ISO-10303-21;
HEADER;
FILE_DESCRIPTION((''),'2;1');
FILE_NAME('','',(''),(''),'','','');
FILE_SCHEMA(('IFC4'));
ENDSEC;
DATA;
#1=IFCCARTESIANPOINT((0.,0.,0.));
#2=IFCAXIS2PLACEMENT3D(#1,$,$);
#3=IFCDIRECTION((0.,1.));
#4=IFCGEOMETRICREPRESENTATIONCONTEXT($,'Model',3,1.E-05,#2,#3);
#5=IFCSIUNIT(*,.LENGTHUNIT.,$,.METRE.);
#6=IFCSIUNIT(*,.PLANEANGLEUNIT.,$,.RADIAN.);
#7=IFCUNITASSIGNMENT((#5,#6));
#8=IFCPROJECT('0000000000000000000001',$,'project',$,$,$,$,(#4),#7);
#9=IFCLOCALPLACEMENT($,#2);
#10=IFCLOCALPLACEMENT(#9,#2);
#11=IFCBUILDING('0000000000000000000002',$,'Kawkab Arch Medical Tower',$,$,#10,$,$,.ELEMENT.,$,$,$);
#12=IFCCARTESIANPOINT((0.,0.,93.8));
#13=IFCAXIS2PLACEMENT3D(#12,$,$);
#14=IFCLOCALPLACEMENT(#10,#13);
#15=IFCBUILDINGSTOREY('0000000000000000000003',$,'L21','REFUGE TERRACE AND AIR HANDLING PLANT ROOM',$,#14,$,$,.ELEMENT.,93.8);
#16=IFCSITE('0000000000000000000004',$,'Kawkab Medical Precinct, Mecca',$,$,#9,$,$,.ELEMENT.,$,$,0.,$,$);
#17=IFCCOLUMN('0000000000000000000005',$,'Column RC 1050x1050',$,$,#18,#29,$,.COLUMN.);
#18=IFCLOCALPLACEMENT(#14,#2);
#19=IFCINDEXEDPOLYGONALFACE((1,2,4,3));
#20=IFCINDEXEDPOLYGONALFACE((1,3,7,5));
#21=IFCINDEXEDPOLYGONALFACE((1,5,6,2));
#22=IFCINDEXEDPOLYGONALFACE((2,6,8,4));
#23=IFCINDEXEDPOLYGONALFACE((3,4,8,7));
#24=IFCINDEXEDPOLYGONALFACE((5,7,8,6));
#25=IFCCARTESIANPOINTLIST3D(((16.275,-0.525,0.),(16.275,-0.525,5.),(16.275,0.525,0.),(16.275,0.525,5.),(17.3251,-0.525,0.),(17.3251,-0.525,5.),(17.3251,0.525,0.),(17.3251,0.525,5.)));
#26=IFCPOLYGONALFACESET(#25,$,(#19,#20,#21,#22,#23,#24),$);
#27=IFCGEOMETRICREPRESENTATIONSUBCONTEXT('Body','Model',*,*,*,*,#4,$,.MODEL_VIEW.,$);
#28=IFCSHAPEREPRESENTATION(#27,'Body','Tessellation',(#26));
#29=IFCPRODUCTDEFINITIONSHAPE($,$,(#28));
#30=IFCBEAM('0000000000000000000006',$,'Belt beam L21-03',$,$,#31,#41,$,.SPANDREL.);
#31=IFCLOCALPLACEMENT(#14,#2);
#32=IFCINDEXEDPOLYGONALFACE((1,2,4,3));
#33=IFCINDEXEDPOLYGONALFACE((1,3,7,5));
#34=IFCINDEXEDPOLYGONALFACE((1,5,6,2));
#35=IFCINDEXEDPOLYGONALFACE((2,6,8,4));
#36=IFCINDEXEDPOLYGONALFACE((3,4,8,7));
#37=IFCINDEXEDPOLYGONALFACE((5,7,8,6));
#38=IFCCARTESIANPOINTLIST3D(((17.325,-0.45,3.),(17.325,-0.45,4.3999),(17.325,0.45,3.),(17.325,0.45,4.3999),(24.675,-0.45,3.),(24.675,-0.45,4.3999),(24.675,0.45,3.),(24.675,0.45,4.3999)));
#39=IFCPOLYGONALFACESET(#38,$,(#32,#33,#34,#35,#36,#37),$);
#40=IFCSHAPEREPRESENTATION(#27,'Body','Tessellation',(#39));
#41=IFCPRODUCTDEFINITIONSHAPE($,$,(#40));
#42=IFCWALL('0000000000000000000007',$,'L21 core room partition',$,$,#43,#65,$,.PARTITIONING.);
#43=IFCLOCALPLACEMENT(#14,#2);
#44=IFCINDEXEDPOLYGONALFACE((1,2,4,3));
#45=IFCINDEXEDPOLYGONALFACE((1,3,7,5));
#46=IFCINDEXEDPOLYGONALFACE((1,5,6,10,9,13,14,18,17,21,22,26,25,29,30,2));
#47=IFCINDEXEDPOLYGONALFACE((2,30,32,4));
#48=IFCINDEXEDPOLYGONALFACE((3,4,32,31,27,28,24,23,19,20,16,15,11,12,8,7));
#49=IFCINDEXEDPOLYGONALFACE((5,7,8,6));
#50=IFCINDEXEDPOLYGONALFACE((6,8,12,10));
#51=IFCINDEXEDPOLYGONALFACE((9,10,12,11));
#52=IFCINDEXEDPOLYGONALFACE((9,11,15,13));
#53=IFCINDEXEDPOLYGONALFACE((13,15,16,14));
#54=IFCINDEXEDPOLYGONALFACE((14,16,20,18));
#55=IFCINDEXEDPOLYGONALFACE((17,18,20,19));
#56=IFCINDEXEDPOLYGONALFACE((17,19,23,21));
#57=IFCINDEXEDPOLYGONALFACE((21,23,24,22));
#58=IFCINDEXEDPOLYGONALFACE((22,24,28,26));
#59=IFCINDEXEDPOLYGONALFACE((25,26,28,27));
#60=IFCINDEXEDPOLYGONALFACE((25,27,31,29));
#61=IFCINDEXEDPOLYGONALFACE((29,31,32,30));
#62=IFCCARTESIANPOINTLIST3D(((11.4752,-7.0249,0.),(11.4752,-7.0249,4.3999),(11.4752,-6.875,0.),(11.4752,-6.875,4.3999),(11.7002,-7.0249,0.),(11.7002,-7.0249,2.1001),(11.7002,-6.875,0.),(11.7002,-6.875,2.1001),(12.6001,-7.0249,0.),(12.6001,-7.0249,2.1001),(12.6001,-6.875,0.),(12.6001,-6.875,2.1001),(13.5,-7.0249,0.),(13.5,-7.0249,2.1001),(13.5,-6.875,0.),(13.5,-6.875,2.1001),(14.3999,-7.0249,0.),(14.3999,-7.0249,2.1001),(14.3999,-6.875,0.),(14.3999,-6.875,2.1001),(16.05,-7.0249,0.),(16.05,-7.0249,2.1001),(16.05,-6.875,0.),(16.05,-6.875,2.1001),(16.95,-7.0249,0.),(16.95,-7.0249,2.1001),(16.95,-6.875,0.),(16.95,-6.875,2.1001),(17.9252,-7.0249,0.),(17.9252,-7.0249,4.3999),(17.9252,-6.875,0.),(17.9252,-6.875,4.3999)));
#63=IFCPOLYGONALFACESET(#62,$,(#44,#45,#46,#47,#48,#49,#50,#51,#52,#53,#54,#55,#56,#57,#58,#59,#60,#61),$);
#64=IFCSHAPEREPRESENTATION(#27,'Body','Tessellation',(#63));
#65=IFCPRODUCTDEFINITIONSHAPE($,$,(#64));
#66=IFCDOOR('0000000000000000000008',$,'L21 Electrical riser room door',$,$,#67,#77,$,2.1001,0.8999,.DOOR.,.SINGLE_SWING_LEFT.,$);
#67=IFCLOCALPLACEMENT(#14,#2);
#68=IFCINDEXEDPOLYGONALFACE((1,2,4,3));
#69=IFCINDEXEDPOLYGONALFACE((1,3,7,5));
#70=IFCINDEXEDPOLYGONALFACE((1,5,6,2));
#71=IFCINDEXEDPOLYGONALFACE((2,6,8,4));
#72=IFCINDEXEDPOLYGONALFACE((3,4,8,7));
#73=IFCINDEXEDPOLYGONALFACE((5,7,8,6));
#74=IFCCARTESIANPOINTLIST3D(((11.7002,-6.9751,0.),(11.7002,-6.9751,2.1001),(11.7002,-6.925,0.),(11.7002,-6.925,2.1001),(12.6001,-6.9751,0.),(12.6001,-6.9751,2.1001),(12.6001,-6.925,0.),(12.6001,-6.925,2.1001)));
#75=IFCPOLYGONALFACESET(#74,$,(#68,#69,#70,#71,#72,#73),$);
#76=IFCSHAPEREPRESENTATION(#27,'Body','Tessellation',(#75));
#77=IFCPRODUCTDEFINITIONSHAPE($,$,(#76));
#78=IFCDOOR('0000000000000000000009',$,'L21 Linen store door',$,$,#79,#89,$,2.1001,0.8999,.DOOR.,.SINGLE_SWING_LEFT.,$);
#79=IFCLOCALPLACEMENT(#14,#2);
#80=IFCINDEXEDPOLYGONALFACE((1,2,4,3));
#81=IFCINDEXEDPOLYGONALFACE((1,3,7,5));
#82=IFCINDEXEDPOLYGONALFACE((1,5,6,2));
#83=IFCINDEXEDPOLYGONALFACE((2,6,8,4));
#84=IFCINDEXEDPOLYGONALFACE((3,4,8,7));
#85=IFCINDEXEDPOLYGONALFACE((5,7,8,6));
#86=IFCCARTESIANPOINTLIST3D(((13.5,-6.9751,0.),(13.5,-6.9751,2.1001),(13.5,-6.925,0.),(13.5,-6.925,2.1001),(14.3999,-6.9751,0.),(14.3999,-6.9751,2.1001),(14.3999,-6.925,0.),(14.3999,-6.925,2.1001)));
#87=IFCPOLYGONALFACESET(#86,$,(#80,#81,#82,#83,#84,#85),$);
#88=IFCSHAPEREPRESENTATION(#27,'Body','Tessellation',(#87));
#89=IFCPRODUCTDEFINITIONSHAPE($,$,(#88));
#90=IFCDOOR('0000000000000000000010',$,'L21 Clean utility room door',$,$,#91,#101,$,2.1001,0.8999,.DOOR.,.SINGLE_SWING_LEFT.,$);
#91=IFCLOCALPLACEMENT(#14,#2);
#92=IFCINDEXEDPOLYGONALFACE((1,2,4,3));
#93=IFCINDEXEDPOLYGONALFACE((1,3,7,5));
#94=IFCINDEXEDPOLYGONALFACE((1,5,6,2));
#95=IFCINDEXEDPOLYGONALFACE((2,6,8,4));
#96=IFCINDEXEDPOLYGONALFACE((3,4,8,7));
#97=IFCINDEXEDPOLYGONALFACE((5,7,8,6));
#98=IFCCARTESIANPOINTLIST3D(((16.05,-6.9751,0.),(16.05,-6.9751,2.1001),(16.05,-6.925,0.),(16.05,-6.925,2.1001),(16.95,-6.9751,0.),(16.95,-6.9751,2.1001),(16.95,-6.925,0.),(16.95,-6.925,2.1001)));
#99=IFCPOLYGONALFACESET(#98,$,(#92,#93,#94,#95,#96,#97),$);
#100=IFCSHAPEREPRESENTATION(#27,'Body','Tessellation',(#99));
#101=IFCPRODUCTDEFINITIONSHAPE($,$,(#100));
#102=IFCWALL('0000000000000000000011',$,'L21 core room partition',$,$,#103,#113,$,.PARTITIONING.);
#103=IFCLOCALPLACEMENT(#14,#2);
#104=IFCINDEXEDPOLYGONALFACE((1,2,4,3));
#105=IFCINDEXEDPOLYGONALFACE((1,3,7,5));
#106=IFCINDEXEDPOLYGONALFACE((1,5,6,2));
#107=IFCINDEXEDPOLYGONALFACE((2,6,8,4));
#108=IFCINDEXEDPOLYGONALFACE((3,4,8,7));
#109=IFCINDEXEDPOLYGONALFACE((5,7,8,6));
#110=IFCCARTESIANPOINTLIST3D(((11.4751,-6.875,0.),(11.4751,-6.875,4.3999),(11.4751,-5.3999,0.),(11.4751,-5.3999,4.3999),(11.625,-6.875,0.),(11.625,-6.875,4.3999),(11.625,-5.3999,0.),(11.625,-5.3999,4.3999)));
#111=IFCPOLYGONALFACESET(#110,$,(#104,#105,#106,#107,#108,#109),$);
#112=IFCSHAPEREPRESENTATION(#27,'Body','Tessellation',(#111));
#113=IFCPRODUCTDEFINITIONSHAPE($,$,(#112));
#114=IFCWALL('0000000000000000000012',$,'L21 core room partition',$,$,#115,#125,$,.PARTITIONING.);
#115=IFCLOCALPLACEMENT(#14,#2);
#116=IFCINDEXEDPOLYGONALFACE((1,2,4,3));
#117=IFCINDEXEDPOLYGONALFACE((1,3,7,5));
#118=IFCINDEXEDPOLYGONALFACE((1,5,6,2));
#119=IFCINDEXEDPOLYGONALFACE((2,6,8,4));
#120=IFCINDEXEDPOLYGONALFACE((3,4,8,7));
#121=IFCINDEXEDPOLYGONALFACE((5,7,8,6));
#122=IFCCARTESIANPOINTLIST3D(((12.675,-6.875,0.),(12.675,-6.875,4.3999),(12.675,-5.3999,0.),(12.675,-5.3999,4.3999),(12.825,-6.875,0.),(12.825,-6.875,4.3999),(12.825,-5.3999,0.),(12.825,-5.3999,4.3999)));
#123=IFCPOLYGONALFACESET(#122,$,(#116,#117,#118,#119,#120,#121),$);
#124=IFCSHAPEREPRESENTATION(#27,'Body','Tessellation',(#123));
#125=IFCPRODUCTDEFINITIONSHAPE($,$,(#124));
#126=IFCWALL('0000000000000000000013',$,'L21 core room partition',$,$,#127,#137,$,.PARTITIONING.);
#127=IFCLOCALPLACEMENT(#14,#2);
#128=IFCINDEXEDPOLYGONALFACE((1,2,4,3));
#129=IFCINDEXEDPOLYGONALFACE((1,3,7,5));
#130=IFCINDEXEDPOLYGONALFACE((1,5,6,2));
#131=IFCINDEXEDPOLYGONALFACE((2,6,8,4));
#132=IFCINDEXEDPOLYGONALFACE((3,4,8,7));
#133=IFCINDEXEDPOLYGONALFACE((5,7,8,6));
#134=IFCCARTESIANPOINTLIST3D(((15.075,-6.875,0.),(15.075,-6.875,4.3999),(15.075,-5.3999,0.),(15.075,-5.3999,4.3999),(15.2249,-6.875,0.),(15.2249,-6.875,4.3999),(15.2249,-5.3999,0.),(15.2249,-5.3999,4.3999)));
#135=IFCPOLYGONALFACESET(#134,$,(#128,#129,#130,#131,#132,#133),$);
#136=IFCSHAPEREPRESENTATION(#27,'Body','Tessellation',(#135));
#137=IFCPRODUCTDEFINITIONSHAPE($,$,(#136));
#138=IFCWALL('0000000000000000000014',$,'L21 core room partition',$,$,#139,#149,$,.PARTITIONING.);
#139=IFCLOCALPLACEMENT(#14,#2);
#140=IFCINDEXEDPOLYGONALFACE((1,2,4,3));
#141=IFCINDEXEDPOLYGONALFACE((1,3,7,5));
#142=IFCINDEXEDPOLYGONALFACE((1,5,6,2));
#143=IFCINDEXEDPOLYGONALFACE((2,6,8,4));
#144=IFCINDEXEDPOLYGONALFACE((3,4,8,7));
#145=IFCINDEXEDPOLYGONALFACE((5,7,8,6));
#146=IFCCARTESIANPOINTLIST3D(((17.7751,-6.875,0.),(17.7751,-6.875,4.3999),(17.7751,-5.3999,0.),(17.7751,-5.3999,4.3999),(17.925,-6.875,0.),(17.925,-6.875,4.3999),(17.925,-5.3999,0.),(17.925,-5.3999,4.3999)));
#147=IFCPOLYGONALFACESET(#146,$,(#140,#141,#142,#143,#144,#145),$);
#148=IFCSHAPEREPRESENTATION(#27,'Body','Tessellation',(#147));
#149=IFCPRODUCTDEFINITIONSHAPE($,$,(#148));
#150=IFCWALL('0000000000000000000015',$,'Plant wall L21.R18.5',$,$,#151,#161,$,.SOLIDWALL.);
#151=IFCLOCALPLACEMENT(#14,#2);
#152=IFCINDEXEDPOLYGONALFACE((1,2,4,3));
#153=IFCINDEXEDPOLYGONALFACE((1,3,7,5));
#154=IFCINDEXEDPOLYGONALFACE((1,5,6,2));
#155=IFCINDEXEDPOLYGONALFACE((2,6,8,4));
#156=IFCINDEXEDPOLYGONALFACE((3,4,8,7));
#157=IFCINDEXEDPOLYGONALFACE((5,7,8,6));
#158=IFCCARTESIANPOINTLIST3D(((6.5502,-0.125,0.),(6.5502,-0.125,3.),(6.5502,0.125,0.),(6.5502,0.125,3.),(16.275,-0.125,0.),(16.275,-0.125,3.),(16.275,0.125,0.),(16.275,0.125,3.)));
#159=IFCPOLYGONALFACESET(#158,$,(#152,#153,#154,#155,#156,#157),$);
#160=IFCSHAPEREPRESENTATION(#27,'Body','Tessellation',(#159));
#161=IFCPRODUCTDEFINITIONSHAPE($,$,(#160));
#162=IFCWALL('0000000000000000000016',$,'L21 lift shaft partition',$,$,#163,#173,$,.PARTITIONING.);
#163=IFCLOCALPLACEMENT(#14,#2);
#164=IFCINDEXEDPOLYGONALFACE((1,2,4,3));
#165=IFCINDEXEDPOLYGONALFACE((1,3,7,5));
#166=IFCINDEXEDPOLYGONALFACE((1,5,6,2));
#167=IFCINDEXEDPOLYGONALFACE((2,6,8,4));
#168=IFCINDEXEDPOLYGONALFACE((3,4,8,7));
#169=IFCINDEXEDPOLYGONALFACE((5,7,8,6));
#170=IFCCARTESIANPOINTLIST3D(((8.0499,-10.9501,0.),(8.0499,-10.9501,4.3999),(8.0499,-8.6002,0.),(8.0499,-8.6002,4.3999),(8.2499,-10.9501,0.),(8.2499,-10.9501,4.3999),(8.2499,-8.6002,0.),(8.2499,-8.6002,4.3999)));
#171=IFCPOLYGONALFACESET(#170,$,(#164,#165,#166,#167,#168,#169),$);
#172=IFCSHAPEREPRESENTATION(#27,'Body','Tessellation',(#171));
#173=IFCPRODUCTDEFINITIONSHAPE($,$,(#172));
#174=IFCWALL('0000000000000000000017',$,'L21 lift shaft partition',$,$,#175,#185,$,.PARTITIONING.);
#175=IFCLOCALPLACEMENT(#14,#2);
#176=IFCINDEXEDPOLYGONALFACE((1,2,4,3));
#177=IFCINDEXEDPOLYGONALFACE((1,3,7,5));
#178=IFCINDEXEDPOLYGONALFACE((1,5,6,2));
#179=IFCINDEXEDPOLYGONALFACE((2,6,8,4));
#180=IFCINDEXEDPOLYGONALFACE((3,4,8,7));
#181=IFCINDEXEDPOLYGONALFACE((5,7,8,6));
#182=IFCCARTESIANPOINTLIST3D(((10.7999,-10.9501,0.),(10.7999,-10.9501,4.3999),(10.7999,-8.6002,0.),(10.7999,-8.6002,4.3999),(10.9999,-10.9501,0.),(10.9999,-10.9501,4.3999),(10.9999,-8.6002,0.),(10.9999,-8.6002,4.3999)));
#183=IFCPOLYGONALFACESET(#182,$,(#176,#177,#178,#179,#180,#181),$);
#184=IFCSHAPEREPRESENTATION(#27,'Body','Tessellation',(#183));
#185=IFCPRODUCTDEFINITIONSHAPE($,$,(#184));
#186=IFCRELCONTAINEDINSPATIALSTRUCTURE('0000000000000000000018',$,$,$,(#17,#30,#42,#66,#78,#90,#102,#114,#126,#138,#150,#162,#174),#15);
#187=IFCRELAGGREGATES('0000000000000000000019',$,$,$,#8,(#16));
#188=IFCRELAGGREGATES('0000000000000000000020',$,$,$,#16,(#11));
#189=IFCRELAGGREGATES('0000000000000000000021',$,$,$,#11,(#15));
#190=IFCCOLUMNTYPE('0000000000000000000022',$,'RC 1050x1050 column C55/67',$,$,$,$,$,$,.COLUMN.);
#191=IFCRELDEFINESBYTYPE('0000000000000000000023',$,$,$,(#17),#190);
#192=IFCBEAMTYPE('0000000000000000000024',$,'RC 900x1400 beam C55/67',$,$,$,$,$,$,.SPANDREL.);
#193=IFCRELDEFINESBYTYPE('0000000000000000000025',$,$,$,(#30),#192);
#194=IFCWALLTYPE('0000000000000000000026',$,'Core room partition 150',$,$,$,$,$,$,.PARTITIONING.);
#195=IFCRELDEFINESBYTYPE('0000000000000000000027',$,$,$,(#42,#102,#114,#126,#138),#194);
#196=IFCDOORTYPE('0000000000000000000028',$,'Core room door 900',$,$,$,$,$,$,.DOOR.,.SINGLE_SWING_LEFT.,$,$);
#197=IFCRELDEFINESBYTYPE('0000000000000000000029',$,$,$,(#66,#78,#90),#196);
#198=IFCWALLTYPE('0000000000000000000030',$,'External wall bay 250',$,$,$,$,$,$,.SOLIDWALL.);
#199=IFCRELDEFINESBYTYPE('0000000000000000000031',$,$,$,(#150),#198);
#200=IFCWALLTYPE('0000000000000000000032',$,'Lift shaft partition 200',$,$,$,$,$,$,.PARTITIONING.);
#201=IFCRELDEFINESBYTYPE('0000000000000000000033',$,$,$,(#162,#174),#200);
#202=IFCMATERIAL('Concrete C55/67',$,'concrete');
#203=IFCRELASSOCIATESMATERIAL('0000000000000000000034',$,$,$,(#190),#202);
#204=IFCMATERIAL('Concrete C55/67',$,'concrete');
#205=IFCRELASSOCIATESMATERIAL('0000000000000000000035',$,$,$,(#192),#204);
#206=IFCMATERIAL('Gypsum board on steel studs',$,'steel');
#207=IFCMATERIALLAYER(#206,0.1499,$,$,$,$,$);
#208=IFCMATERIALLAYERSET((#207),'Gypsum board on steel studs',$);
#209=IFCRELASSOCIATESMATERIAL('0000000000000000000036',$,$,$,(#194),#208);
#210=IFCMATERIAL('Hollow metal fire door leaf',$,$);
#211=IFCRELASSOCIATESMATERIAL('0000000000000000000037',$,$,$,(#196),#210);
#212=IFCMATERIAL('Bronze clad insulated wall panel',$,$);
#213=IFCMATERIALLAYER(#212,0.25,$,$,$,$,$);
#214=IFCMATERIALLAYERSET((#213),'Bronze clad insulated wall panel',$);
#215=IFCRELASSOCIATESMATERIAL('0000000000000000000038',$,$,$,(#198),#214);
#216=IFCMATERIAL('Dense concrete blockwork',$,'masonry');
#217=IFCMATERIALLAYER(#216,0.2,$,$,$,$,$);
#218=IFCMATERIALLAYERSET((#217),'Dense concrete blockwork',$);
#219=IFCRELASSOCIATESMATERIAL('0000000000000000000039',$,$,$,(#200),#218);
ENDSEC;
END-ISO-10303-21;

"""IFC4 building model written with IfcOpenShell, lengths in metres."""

from ifc_helpers import new_model, si_unit, direction, frame, frame_2d, origin, origin_2d, place, context, subcontext, project, spatial, rectangle, extrude, material, layer, layer_set, material_profile, profile_set, type_object, element, fill, save


model = new_model("IFC4")

# Units and contexts
model_context = context("Model", 3, precision=1e-05, world=origin(), true_north=direction((0.0, 1.0)))
body_context = subcontext(model_context, "Body", "Model", "MODEL_VIEW")
ifc_project = project(units=[si_unit("LENGTHUNIT", "METRE"), si_unit("PLANEANGLEUNIT", "RADIAN")], contexts=[model_context])

# Site, building, storey
site_placement = place(None, origin())
site = spatial("IfcSite", under=ifc_project, at=site_placement, Name="Kawkab Medical Precinct, Mecca", CompositionType="ELEMENT", RefElevation=0.0)
building_placement = place(site_placement, origin())
building = spatial("IfcBuilding", under=site, at=building_placement, Name="Kawkab Arch Medical Tower", CompositionType="ELEMENT")
storey_placement = place(building_placement, frame((0.0, 0.0, 93.8)))
storey = spatial("IfcBuildingStorey", under=building, at=storey_placement, Name="L21", Description="REFUGE TERRACE AND AIR HANDLING PLANT ROOM", CompositionType="ELEMENT", Elevation=93.8)

# Column
ifc_material_1 = material(Name="Concrete C55/67", Category="concrete")
ifc_material_profile_1 = material_profile(ifc_material_1, rectangle(XDim=1.05, YDim=1.05, at=origin_2d()), Name="RC 1050x1050")
ifc_profile_set_1 = profile_set([ifc_material_profile_1], Name="Concrete C55/67")
column_type = type_object("IfcColumnType", Name="RC 1050x1050 column C55/67", PredefinedType="COLUMN", material=ifc_profile_set_1)
column_placement = place(storey_placement, frame((16.8, 0.0, 0.0), z_axis=(0.0, 0.0, 1.0), x_axis=(1.0, 0.0, 0.0)))
element("IfcColumn", 1, at=column_placement, inside=storey, type_object=column_type, Name="Column RC 1050x1050", PredefinedType="COLUMN", context=body_context, shape_type="SweptSolid", body=[
    extrude(rectangle(XDim=1.05, YDim=1.05, at=origin_2d()), origin(), (0.0, 0.0, 1.0), 5.0),
])

# Beam
ifc_material_2 = material(Name="Concrete C55/67", Category="concrete")
ifc_material_profile_2 = material_profile(ifc_material_2, rectangle(XDim=0.8999, YDim=1.3999, at=origin_2d()), Name="RC 900x1400")
ifc_profile_set_2 = profile_set([ifc_material_profile_2], Name="Concrete C55/67")
beam_type = type_object("IfcBeamType", Name="RC 900x1400 beam C55/67", PredefinedType="SPANDREL", material=ifc_profile_set_2)
beam_placement = place(storey_placement, frame((17.325, 0.0, 3.7), z_axis=(1.0, 0.0, 0.0), x_axis=(0.0, 1.0, 0.0)))
element("IfcBeam", 2, at=beam_placement, inside=storey, type_object=beam_type, Name="Belt beam L21-03", PredefinedType="SPANDREL", context=body_context, shape_type="SweptSolid", body=[
    extrude(rectangle(XDim=0.8999, YDim=1.3999, at=origin_2d()), origin(), (0.0, 0.0, 1.0), 7.3501),
])

# Wall, openings, doors
ifc_material_3 = material(Name="Gypsum board on steel studs", Category="steel")
ifc_layer_1 = layer(ifc_material_3, 0.1499)
ifc_layer_set_1 = layer_set([ifc_layer_1], Name="Gypsum board on steel studs")
wall_type_1 = type_object("IfcWallType", Name="Core room partition 150", PredefinedType="PARTITIONING", material=ifc_layer_set_1)
wall_1_placement = place(storey_placement, frame((11.4751, -6.95, 0.0), z_axis=(0.0, 0.0, 1.0), x_axis=(1.0, 0.0, 0.0)))
wall_1 = element("IfcWall", 3, at=wall_1_placement, inside=storey, type_object=wall_type_1, Name="L21 core room partition", PredefinedType="PARTITIONING", context=body_context, shape_type="SweptSolid", body=[
    extrude(rectangle(XDim=6.45, YDim=0.1499, at=frame_2d((3.2251, 0.0))), origin(), (0.0, 0.0, 1.0), 4.3999),
])
opening_1_placement = place(wall_1_placement, frame((0.2251, 0.0, 0.0)))
opening_1 = element("IfcOpeningElement", 4, at=opening_1_placement, cuts=wall_1, PredefinedType="OPENING", context=body_context, shape_type="SweptSolid", body=[
    extrude(rectangle(XDim=0.8999, YDim=2.1001, at=frame_2d((0.45, 1.05))), frame((0.0, 0.085, 0.0), z_axis=(0.0, -1.0, 0.0), x_axis=(1.0, 0.0, 0.0)), (0.0, 0.0, 1.0), 0.1699),
])
opening_2_placement = place(wall_1_placement, frame((2.0249, 0.0, 0.0)))
opening_2 = element("IfcOpeningElement", 5, at=opening_2_placement, cuts=wall_1, PredefinedType="OPENING", context=body_context, shape_type="SweptSolid", body=[
    extrude(rectangle(XDim=0.8999, YDim=2.1001, at=frame_2d((0.45, 1.05))), frame((0.0, 0.085, 0.0), z_axis=(0.0, -1.0, 0.0), x_axis=(1.0, 0.0, 0.0)), (0.0, 0.0, 1.0), 0.1699),
])
opening_3_placement = place(wall_1_placement, frame((4.575, 0.0, 0.0)))
opening_3 = element("IfcOpeningElement", 6, at=opening_3_placement, cuts=wall_1, PredefinedType="OPENING", context=body_context, shape_type="SweptSolid", body=[
    extrude(rectangle(XDim=0.8999, YDim=2.1001, at=frame_2d((0.45, 1.05))), frame((0.0, 0.085, 0.0), z_axis=(0.0, -1.0, 0.0), x_axis=(1.0, 0.0, 0.0)), (0.0, 0.0, 1.0), 0.1699),
])
ifc_material_4 = material(Name="Hollow metal fire door leaf")
door_type = type_object("IfcDoorType", Name="Core room door 900", OperationType="SINGLE_SWING_LEFT", PredefinedType="DOOR", material=ifc_material_4)
door_1_placement = place(opening_1_placement, origin())
door_1 = element("IfcDoor", 7, at=door_1_placement, inside=storey, type_object=door_type, Name="L21 Electrical riser room door", OperationType="SINGLE_SWING_LEFT", OverallHeight=2.1001, OverallWidth=0.8999, PredefinedType="DOOR", context=body_context, shape_type="SweptSolid", body=[
    extrude(rectangle(XDim=0.8999, YDim=2.1001, at=frame_2d((0.45, 1.05))), frame((0.0, 0.0249, 0.0), z_axis=(0.0, -1.0, 0.0), x_axis=(1.0, 0.0, 0.0)), (0.0, 0.0, 1.0), 0.05),
])
fill(opening_1, door_1)
door_2_placement = place(opening_2_placement, origin())
door_2 = element("IfcDoor", 8, at=door_2_placement, inside=storey, type_object=door_type, Name="L21 Linen store door", OperationType="SINGLE_SWING_LEFT", OverallHeight=2.1001, OverallWidth=0.8999, PredefinedType="DOOR", context=body_context, shape_type="SweptSolid", body=[
    extrude(rectangle(XDim=0.8999, YDim=2.1001, at=frame_2d((0.45, 1.05))), frame((0.0, 0.0249, 0.0), z_axis=(0.0, -1.0, 0.0), x_axis=(1.0, 0.0, 0.0)), (0.0, 0.0, 1.0), 0.05),
])
fill(opening_2, door_2)
door_3_placement = place(opening_3_placement, origin())
door_3 = element("IfcDoor", 9, at=door_3_placement, inside=storey, type_object=door_type, Name="L21 Clean utility room door", OperationType="SINGLE_SWING_LEFT", OverallHeight=2.1001, OverallWidth=0.8999, PredefinedType="DOOR", context=body_context, shape_type="SweptSolid", body=[
    extrude(rectangle(XDim=0.8999, YDim=2.1001, at=frame_2d((0.45, 1.05))), frame((0.0, 0.0249, 0.0), z_axis=(0.0, -1.0, 0.0), x_axis=(1.0, 0.0, 0.0)), (0.0, 0.0, 1.0), 0.05),
])
fill(opening_3, door_3)

# Walls
for number, where, z_axis, x_axis, name in (
    (10, (11.55, -6.875, 0.0), (0.0, 0.0, 1.0), (0.0, 1.0, 0.0), "L21 core room partition"),
    (11, (12.75, -6.875, 0.0), (0.0, 0.0, 1.0), (0.0, 1.0, 0.0), "L21 core room partition"),
    (12, (15.1499, -6.875, 0.0), (0.0, 0.0, 1.0), (0.0, 1.0, 0.0), "L21 core room partition"),
    (13, (17.8501, -6.875, 0.0), (0.0, 0.0, 1.0), (0.0, 1.0, 0.0), "L21 core room partition"),
):
    element("IfcWall", number, at=place(storey_placement, frame(where, z_axis=z_axis, x_axis=x_axis)), inside=storey, type_object=wall_type_1, Name=name, PredefinedType="PARTITIONING", context=body_context, shape_type="SweptSolid", body=[
        extrude(rectangle(XDim=1.4751, YDim=0.1499, at=frame_2d((0.7375, 0.0))), origin(), (0.0, 0.0, 1.0), 4.3999),
    ])
ifc_material_5 = material(Name="Bronze clad insulated wall panel")
ifc_layer_2 = layer(ifc_material_5, 0.25)
ifc_layer_set_2 = layer_set([ifc_layer_2], Name="Bronze clad insulated wall panel")
wall_type_2 = type_object("IfcWallType", Name="External wall bay 250", PredefinedType="SOLIDWALL", material=ifc_layer_set_2)
wall_2_placement = place(storey_placement, frame((16.2749, 0.0, 0.0), z_axis=(0.0, 0.0, 1.0), x_axis=(-1.0, 0.0, 0.0)))
element("IfcWall", 14, at=wall_2_placement, inside=storey, type_object=wall_type_2, Name="Plant wall L21.R18.5", PredefinedType="SOLIDWALL", context=body_context, shape_type="SweptSolid", body=[
    extrude(rectangle(XDim=9.7249, YDim=0.25, at=frame_2d((4.8623, 0.0))), origin(), (0.0, 0.0, 1.0), 3.0),
])
ifc_material_6 = material(Name="Dense concrete blockwork", Category="masonry")
ifc_layer_3 = layer(ifc_material_6, 0.2)
ifc_layer_set_3 = layer_set([ifc_layer_3], Name="Dense concrete blockwork")
wall_type_3 = type_object("IfcWallType", Name="Lift shaft partition 200", PredefinedType="PARTITIONING", material=ifc_layer_set_3)
for number, where, z_axis, x_axis, name in (
    (15, (8.1499, -10.95, 0.0), (0.0, 0.0, 1.0), (0.0, 1.0, 0.0), "L21 lift shaft partition"),
    (16, (10.8999, -10.95, 0.0), (0.0, 0.0, 1.0), (0.0, 1.0, 0.0), "L21 lift shaft partition"),
):
    element("IfcWall", number, at=place(storey_placement, frame(where, z_axis=z_axis, x_axis=x_axis)), inside=storey, type_object=wall_type_3, Name=name, PredefinedType="PARTITIONING", context=body_context, shape_type="SweptSolid", body=[
        extrude(rectangle(XDim=2.3499, YDim=0.2, at=frame_2d((1.1748, 0.0))), origin(), (0.0, 0.0, 1.0), 4.3999),
    ])

save(model, "model.ifc")
